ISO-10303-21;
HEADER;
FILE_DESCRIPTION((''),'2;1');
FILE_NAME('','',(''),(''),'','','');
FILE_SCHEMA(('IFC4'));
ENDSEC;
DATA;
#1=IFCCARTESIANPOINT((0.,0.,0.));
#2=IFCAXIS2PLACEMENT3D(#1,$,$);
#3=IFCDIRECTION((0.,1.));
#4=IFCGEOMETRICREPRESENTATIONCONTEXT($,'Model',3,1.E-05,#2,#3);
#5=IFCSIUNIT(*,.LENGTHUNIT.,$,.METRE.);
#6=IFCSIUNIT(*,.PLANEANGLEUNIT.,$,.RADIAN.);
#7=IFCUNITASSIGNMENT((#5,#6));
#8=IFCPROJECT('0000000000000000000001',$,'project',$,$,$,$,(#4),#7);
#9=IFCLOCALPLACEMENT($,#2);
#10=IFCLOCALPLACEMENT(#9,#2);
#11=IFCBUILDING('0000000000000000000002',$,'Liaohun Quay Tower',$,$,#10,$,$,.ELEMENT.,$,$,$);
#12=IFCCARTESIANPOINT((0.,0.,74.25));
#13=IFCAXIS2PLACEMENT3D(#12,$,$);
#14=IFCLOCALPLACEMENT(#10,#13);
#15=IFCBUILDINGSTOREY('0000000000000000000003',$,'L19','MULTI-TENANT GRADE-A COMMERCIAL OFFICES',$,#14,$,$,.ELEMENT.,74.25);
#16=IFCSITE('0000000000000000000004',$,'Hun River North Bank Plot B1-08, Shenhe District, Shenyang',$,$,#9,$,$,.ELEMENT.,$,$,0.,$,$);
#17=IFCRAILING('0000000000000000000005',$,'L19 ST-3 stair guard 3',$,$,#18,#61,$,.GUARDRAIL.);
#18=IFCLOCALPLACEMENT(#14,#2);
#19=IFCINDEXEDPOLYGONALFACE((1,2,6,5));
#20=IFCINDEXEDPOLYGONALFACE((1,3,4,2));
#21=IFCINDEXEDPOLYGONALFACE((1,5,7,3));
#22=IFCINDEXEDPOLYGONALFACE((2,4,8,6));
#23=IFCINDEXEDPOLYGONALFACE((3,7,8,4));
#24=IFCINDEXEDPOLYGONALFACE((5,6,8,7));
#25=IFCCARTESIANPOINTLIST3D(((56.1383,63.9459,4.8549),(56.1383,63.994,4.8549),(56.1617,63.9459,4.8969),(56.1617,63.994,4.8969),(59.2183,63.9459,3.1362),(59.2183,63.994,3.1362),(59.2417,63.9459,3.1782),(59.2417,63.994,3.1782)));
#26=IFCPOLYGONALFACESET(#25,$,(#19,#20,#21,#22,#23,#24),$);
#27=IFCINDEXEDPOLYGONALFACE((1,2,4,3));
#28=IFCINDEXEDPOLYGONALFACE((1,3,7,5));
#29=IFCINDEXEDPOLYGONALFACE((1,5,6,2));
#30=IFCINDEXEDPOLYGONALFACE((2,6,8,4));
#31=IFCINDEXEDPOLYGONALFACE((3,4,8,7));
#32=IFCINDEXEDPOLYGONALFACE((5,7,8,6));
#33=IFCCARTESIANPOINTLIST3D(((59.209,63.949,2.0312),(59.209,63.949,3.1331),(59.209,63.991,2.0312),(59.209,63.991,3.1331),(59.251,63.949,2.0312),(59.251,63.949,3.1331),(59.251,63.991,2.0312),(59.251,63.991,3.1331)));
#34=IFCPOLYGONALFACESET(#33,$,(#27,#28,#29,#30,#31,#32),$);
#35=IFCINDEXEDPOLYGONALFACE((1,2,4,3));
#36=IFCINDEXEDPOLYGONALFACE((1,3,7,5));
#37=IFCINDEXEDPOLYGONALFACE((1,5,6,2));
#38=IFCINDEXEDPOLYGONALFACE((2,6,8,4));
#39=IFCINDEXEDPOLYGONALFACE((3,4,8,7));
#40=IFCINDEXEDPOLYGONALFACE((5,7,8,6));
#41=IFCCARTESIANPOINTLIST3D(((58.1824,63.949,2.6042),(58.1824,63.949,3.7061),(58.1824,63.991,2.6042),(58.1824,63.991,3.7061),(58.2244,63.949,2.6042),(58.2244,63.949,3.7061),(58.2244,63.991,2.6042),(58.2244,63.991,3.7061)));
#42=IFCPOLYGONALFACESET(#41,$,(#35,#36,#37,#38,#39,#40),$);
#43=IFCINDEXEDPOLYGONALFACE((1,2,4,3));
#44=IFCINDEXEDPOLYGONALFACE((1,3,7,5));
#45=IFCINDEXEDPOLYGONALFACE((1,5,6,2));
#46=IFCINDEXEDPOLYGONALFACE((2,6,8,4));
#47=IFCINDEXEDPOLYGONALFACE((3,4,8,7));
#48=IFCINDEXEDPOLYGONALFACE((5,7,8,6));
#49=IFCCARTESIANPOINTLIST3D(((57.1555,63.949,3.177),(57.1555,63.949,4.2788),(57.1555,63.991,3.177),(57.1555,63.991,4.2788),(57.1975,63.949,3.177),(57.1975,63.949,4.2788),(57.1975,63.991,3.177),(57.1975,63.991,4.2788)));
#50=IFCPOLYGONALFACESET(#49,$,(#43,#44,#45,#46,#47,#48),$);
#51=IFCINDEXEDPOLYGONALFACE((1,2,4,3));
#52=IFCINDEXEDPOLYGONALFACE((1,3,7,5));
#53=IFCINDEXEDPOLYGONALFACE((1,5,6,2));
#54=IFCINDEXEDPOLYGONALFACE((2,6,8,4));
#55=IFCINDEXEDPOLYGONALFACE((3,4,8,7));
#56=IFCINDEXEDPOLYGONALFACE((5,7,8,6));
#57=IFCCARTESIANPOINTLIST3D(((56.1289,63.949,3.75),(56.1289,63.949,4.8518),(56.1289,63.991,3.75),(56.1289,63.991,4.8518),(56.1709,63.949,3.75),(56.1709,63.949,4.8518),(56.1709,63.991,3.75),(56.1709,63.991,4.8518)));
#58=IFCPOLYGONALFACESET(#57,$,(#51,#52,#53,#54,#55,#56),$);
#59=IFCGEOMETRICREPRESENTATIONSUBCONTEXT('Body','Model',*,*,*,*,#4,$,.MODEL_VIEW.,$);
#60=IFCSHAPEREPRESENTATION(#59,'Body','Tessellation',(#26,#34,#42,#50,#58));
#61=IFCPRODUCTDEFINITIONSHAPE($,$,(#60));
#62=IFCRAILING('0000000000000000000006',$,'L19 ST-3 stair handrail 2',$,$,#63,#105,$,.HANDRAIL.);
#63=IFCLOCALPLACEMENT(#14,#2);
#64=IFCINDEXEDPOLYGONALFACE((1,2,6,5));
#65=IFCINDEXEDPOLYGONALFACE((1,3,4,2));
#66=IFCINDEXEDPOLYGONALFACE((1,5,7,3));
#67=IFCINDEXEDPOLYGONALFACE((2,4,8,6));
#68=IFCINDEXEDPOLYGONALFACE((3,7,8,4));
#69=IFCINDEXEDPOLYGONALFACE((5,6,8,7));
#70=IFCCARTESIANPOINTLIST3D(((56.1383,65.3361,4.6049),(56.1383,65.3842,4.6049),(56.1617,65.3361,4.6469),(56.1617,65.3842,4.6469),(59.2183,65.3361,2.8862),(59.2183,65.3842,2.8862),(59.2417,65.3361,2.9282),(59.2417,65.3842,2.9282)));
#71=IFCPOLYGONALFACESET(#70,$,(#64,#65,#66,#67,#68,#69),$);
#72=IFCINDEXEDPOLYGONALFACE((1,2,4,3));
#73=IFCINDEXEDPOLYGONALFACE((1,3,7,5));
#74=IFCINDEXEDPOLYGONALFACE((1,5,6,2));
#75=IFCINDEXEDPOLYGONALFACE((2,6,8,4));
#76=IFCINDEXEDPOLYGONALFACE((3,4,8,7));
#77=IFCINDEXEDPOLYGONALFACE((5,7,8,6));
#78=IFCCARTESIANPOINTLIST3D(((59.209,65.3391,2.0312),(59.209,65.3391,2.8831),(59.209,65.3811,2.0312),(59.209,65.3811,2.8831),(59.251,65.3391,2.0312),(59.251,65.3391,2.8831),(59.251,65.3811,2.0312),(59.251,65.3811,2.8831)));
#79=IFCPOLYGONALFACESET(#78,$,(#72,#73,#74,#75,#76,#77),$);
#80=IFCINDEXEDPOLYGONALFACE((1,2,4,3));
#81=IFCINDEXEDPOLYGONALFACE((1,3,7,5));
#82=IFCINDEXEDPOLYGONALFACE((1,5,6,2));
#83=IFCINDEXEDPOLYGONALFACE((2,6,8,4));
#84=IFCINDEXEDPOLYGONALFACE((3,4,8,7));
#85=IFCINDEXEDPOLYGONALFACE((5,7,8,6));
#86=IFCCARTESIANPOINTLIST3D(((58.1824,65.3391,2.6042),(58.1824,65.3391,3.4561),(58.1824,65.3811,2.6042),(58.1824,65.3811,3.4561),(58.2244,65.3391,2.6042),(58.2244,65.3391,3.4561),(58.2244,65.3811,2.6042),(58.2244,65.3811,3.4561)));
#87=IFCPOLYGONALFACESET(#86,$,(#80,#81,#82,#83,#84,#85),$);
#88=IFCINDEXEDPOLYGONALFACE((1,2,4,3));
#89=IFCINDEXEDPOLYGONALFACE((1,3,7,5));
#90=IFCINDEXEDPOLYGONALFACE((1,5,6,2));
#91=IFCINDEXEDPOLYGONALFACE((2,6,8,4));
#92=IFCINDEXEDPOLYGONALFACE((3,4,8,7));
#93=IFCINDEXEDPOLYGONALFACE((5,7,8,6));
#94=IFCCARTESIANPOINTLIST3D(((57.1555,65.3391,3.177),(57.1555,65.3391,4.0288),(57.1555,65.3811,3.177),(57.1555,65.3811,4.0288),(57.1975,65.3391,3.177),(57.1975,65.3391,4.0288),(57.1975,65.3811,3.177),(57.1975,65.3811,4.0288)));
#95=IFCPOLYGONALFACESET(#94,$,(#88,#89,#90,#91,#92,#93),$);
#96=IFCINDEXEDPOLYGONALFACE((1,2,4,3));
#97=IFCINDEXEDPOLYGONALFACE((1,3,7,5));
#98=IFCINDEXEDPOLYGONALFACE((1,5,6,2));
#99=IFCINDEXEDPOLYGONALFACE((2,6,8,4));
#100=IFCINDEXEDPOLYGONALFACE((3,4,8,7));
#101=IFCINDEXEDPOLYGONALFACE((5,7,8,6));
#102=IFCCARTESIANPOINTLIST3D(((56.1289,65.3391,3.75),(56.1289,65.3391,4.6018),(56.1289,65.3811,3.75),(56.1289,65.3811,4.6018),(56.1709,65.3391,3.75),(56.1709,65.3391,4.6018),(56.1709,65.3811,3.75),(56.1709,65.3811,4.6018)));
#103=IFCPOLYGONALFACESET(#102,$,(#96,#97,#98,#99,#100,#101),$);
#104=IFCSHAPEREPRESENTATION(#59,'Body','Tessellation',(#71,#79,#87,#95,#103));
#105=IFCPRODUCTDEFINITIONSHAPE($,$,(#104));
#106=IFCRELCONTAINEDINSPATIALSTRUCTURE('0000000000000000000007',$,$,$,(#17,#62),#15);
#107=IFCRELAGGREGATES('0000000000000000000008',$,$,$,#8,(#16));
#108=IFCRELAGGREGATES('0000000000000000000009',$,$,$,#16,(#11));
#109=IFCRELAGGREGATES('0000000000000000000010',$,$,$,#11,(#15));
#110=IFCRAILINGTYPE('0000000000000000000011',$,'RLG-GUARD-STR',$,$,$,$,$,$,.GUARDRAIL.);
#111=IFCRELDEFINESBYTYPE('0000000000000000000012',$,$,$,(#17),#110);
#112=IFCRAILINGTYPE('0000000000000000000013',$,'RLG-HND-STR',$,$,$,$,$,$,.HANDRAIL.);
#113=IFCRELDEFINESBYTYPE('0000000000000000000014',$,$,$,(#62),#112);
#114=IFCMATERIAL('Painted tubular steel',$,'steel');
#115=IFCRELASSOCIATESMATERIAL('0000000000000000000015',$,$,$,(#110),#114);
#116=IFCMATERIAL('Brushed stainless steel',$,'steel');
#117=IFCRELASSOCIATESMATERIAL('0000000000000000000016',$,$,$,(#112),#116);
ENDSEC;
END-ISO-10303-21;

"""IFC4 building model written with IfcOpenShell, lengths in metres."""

from ifc_helpers import new_model, si_unit, direction, frame, origin, origin_2d, place, context, subcontext, project, spatial, rectangle, extrude, material, type_object, element, save


model = new_model("IFC4")

# Units and contexts
model_context = context("Model", 3, precision=1e-05, world=origin(), true_north=direction((0.0, 1.0)))
body_context = subcontext(model_context, "Body", "Model", "MODEL_VIEW")
ifc_project = project(units=[si_unit("LENGTHUNIT", "METRE"), si_unit("PLANEANGLEUNIT", "RADIAN")], contexts=[model_context])

# Site, building, storey
site_placement = place(None, origin())
site = spatial("IfcSite", under=ifc_project, at=site_placement, Name="Hun River North Bank Plot B1-08, Shenhe District, Shenyang", CompositionType="ELEMENT", RefElevation=0.0)
building_placement = place(site_placement, origin())
building = spatial("IfcBuilding", under=site, at=building_placement, Name="Liaohun Quay Tower", CompositionType="ELEMENT")
storey_placement = place(building_placement, frame((0.0, 0.0, 74.25)))
storey = spatial("IfcBuildingStorey", under=building, at=storey_placement, Name="L19", Description="MULTI-TENANT GRADE-A COMMERCIAL OFFICES", CompositionType="ELEMENT", Elevation=74.25)

# Railings
ifc_material_1 = material(Name="Painted tubular steel", Category="steel")
railing_type_1 = type_object("IfcRailingType", Name="RLG-GUARD-STR", PredefinedType="GUARDRAIL", material=ifc_material_1)
railing_1_placement = place(storey_placement, frame((59.23, 63.97, 2.0312)))
element("IfcRailing", 1, at=railing_1_placement, inside=storey, type_object=railing_type_1, Name="L19 ST-3 stair guard 3", PredefinedType="GUARDRAIL", context=body_context, shape_type="SweptSolid", body=[
    extrude(rectangle(XDim=0.0481, YDim=0.0481, at=origin_2d()), frame((0.0, 0.0, 1.126), z_axis=(-0.873242, 0.0, 0.487288), x_axis=(0.0, -1.0, 0.0)), (0.0, 0.0, 1.0), 3.5271),
    extrude(rectangle(XDim=0.042, YDim=0.042, at=origin_2d()), origin(), (0.0, 0.0, 1.0), 1.1018),
    extrude(rectangle(XDim=0.042, YDim=0.042, at=origin_2d()), frame((-1.0266, 0.0, 0.573)), (0.0, 0.0, 1.0), 1.1018),
    extrude(rectangle(XDim=0.042, YDim=0.042, at=origin_2d()), frame((-2.0535, 0.0, 1.1458)), (0.0, 0.0, 1.0), 1.1018),
    extrude(rectangle(XDim=0.042, YDim=0.042, at=origin_2d()), frame((-3.0801, 0.0, 1.7188)), (0.0, 0.0, 1.0), 1.1018),
])
ifc_material_2 = material(Name="Brushed stainless steel", Category="steel")
railing_type_2 = type_object("IfcRailingType", Name="RLG-HND-STR", PredefinedType="HANDRAIL", material=ifc_material_2)
railing_2_placement = place(storey_placement, frame((59.23, 65.3601, 2.0312)))
element("IfcRailing", 2, at=railing_2_placement, inside=storey, type_object=railing_type_2, Name="L19 ST-3 stair handrail 2", PredefinedType="HANDRAIL", context=body_context, shape_type="SweptSolid", body=[
    extrude(rectangle(XDim=0.0481, YDim=0.0481, at=origin_2d()), frame((0.0, 0.0, 0.876), z_axis=(-0.873242, 0.0, 0.487288), x_axis=(0.0, -1.0, 0.0)), (0.0, 0.0, 1.0), 3.5271),
    extrude(rectangle(XDim=0.042, YDim=0.042, at=origin_2d()), origin(), (0.0, 0.0, 1.0), 0.8518),
    extrude(rectangle(XDim=0.042, YDim=0.042, at=origin_2d()), frame((-1.0266, 0.0, 0.573)), (0.0, 0.0, 1.0), 0.8518),
    extrude(rectangle(XDim=0.042, YDim=0.042, at=origin_2d()), frame((-2.0535, 0.0, 1.1458)), (0.0, 0.0, 1.0), 0.8518),
    extrude(rectangle(XDim=0.042, YDim=0.042, at=origin_2d()), frame((-3.0801, 0.0, 1.7188)), (0.0, 0.0, 1.0), 0.8518),
])

save(model, "model.ifc")
